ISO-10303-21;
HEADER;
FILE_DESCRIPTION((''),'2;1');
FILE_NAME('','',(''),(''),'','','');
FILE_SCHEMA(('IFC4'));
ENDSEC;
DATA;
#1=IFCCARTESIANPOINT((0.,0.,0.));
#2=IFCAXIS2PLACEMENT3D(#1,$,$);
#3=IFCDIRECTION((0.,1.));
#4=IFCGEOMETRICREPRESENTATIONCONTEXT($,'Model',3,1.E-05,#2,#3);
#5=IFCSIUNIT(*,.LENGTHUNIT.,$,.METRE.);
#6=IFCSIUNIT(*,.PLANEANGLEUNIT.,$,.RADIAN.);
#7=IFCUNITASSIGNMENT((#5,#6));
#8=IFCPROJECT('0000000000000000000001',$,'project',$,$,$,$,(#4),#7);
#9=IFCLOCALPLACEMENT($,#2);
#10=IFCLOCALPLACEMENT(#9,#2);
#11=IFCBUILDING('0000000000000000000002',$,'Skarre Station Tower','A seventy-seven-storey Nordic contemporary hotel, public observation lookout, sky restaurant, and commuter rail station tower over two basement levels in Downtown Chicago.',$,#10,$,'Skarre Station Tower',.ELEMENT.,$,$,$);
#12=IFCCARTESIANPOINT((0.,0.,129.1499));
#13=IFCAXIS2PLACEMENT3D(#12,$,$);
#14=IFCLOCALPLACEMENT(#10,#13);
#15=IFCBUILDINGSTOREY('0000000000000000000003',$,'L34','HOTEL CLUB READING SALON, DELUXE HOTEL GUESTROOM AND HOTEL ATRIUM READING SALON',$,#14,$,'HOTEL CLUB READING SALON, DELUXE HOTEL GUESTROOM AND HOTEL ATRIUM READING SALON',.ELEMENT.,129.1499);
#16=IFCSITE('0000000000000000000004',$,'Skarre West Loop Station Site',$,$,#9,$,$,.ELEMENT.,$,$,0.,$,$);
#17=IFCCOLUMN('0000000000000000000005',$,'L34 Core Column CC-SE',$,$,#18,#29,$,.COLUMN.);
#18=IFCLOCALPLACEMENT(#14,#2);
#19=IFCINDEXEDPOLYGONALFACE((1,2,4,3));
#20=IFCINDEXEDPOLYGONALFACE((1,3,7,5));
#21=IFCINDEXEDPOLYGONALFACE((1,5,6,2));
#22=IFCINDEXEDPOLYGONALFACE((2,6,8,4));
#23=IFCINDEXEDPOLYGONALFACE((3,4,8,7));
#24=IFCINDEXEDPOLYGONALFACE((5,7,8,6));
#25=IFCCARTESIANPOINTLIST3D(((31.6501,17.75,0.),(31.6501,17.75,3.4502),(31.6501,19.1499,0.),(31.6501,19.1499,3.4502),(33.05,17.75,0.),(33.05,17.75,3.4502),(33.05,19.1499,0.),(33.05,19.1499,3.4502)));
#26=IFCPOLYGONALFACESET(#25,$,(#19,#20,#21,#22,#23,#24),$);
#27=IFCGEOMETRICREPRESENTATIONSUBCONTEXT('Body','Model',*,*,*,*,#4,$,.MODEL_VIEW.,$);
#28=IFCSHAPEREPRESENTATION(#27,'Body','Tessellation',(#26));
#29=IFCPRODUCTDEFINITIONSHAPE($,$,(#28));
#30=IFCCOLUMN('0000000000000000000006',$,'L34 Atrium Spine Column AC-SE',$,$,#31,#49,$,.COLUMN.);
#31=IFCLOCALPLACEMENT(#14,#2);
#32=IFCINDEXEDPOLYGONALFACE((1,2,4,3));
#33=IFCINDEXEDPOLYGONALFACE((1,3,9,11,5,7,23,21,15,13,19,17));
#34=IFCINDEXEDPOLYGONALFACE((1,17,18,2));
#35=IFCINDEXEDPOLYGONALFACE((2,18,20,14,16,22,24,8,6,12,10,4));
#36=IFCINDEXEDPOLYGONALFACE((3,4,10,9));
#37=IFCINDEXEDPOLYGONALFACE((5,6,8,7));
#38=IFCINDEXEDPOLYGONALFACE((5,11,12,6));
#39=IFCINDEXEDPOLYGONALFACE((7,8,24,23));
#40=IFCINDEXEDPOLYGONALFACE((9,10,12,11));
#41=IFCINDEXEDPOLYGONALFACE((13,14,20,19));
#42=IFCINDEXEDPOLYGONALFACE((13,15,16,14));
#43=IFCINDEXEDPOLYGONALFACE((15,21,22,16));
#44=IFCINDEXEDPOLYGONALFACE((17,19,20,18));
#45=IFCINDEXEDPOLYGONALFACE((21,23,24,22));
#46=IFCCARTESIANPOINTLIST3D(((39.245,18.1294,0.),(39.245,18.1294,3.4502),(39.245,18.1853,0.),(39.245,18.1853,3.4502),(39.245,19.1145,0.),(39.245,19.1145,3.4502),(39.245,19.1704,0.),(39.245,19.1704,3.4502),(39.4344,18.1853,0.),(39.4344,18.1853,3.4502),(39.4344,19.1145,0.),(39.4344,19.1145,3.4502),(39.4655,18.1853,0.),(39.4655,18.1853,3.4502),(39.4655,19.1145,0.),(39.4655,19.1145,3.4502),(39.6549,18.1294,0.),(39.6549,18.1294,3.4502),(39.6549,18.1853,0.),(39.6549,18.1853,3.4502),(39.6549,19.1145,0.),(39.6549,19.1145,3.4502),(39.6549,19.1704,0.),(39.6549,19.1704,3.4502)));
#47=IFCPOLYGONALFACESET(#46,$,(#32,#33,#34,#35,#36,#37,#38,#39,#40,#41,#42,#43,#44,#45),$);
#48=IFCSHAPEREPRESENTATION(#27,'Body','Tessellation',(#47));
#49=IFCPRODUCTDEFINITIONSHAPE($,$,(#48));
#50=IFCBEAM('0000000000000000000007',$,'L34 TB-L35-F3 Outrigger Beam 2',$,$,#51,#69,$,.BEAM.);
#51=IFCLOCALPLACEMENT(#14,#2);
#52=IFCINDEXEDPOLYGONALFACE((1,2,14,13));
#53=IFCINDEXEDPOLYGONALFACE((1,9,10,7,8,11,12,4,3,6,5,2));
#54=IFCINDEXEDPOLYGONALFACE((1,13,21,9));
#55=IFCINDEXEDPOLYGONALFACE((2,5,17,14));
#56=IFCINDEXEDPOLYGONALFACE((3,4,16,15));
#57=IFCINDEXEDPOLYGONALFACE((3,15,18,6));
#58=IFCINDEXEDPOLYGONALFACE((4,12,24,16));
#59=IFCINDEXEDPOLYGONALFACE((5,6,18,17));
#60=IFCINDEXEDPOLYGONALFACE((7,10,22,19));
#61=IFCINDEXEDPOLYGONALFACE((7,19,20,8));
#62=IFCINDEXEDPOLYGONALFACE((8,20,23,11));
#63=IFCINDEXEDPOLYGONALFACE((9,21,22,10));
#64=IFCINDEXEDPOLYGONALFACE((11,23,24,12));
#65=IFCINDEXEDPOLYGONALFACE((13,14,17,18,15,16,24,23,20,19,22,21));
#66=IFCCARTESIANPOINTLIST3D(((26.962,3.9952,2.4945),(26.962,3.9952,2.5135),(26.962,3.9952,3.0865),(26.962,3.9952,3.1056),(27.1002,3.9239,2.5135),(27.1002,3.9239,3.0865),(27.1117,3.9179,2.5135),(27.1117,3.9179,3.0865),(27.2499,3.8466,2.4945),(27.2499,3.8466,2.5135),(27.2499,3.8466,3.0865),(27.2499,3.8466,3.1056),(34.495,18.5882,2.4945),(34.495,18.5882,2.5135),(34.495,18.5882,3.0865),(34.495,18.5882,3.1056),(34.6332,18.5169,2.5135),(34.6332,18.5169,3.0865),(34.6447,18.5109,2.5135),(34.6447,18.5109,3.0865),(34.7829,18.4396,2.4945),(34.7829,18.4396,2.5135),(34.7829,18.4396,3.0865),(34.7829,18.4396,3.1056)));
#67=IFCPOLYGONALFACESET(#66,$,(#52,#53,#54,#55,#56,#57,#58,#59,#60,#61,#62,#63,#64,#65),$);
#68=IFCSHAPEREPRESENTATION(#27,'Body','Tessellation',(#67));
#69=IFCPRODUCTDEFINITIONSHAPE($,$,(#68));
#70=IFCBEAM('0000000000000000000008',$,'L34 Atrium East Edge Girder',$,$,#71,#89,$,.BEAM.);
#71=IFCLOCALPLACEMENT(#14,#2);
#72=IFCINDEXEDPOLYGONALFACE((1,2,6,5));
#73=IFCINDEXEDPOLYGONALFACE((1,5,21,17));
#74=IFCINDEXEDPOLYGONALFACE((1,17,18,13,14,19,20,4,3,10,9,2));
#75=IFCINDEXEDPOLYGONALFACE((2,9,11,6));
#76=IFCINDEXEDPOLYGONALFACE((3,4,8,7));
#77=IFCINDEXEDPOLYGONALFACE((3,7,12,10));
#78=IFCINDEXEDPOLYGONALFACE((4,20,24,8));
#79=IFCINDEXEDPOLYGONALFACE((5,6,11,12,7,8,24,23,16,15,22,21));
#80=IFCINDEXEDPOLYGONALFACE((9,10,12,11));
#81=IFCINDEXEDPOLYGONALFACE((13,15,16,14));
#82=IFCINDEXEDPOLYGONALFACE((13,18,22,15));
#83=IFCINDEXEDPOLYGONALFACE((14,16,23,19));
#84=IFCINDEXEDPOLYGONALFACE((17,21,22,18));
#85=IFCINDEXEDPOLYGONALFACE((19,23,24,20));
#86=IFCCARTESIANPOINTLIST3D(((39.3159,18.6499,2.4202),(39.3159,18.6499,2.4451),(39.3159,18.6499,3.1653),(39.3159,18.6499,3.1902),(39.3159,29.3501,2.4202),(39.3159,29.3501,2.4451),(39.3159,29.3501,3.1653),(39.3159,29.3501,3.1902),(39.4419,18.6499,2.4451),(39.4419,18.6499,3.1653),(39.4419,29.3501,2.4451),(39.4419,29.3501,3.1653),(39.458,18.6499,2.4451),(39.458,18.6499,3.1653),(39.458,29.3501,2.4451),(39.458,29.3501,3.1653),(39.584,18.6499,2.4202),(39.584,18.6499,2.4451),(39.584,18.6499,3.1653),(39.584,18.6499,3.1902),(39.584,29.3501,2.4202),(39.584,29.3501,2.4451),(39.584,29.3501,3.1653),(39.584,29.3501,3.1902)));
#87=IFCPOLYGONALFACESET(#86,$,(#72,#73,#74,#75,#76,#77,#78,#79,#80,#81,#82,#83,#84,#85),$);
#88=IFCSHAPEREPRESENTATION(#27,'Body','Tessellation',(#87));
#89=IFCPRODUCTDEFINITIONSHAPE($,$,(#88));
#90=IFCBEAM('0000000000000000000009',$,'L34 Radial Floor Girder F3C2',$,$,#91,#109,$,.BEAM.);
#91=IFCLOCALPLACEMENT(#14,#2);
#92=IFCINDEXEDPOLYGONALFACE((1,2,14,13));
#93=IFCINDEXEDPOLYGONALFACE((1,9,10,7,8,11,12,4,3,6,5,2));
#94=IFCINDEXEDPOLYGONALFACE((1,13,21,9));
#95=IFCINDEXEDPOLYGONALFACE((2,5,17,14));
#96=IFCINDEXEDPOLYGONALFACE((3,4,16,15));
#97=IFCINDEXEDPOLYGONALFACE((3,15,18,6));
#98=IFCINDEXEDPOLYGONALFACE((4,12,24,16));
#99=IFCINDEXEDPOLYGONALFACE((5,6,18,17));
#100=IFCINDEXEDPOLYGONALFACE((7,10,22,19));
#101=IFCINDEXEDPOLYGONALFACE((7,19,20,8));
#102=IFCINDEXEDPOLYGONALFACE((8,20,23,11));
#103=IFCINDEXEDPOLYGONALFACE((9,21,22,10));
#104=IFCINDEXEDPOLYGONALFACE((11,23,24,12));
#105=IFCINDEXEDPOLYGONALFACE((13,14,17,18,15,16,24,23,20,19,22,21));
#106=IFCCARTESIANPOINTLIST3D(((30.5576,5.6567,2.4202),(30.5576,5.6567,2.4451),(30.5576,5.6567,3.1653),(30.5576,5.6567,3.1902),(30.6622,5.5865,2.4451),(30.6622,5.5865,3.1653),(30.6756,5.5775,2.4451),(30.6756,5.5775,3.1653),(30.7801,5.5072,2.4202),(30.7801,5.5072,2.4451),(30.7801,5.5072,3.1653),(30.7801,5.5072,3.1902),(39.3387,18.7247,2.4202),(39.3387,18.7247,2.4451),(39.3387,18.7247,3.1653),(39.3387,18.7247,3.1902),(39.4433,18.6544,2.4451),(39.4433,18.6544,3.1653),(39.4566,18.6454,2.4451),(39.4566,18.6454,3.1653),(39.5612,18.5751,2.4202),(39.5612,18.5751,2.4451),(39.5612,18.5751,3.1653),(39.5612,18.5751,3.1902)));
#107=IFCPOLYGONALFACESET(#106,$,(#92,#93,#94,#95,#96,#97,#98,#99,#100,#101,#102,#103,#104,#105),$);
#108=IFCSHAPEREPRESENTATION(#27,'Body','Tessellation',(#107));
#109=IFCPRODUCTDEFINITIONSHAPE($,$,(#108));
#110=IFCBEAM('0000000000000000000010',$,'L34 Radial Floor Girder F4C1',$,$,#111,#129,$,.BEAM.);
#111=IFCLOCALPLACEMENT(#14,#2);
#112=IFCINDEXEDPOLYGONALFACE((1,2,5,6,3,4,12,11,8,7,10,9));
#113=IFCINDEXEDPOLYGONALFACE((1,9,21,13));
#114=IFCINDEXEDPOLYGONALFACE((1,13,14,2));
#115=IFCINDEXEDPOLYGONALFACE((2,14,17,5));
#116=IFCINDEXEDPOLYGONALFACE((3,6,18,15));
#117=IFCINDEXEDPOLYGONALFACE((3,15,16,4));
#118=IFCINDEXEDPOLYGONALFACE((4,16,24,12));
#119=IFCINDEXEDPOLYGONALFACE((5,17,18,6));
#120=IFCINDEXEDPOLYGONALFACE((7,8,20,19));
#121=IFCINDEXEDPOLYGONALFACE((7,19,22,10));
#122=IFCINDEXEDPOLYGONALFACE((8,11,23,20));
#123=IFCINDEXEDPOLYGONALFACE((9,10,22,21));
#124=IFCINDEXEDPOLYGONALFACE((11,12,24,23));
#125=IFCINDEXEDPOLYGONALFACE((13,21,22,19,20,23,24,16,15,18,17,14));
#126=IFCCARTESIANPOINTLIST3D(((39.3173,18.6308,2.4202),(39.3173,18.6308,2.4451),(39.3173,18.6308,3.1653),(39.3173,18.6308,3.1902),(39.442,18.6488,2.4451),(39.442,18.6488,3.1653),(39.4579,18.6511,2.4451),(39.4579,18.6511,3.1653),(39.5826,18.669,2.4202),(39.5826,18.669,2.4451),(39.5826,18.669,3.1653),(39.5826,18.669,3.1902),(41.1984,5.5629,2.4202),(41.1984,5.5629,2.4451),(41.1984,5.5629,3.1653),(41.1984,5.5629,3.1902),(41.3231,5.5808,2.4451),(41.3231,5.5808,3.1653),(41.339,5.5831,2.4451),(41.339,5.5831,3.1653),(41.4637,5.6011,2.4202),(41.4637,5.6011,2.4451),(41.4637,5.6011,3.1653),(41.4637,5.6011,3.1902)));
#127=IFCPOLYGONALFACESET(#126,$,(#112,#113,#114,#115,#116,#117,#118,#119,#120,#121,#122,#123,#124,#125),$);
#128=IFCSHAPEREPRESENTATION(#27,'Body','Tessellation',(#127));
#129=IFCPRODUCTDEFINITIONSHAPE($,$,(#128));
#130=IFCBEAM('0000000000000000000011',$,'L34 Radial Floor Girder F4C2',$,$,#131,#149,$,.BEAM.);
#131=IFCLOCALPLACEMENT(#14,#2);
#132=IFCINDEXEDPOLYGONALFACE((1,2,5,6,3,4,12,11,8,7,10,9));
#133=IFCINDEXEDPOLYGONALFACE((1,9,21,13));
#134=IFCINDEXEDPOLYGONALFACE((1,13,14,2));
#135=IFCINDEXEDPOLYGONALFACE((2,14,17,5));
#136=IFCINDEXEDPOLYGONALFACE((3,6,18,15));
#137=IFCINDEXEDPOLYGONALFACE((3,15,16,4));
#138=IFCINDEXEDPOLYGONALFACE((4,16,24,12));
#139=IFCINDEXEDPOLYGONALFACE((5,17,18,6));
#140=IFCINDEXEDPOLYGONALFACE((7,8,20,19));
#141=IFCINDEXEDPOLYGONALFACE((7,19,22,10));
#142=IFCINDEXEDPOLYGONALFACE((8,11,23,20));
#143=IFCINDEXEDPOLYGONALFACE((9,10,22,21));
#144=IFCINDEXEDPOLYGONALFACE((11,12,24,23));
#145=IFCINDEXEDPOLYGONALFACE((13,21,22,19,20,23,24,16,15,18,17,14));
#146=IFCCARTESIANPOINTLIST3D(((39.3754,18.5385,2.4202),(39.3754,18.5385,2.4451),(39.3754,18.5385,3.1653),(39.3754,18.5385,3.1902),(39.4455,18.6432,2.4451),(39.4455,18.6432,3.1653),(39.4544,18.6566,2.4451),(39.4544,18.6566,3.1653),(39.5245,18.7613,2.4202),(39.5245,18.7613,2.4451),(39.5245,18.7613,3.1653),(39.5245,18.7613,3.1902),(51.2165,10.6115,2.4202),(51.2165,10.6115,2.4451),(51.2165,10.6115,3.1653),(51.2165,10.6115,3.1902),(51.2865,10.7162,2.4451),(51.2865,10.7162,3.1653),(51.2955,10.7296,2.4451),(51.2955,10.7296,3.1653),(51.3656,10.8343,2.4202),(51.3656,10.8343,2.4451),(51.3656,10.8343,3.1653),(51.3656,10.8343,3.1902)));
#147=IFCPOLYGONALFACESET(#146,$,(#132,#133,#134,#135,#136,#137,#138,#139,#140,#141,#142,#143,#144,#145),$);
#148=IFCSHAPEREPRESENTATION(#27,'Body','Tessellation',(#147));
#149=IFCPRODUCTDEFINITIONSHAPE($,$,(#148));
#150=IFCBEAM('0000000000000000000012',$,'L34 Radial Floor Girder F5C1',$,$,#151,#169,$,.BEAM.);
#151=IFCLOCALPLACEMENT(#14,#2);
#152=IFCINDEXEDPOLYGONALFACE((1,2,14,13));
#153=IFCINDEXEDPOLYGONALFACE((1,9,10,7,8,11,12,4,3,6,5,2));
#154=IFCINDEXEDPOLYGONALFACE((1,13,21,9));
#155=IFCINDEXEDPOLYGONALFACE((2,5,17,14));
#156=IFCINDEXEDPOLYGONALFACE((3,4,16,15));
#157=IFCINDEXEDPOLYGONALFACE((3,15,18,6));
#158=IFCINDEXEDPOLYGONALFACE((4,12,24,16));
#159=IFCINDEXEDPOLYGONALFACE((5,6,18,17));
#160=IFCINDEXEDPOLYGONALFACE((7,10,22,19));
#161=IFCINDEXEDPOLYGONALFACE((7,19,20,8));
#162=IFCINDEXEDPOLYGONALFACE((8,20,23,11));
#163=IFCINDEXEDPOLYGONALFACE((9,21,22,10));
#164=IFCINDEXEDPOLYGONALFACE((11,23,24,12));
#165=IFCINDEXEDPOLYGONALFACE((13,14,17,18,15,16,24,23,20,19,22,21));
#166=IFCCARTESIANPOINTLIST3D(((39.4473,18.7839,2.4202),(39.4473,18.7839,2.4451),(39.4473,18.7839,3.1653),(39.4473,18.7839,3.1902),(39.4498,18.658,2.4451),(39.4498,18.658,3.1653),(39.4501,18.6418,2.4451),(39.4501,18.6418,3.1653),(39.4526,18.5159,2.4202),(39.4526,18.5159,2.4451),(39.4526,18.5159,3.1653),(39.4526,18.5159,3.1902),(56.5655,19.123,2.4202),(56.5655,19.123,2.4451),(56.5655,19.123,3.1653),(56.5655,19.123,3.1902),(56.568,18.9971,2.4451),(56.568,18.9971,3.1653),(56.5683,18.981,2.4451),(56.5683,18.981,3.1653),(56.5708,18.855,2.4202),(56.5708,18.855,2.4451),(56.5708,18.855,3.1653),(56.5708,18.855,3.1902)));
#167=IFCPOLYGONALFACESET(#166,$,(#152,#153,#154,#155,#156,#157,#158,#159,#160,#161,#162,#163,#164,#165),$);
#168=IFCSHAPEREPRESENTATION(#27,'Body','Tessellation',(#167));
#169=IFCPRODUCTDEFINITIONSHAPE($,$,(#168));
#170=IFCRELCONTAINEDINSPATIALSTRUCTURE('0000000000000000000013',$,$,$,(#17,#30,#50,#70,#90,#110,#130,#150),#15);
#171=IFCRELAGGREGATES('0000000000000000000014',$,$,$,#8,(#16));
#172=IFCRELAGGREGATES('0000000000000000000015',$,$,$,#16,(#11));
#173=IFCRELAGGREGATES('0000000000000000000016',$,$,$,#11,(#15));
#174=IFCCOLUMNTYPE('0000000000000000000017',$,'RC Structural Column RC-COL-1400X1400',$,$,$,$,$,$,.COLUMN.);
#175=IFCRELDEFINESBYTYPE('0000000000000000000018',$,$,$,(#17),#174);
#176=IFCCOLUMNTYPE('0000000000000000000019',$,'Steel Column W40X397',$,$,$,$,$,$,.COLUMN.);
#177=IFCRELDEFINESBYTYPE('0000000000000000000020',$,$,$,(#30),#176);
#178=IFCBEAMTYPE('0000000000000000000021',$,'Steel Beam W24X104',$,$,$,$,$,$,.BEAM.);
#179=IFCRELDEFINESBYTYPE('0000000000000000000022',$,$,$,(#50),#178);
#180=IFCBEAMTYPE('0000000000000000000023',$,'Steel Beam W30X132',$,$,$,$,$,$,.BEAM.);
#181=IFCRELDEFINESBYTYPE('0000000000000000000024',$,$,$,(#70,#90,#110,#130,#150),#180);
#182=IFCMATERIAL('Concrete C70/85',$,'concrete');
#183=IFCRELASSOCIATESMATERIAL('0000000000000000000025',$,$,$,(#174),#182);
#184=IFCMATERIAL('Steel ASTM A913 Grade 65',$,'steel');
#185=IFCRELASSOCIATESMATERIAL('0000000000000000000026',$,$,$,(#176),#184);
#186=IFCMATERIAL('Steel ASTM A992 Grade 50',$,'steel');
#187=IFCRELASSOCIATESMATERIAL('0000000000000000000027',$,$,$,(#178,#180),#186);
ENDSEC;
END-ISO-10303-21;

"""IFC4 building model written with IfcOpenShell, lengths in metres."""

from ifc_helpers import new_model, si_unit, direction, frame, origin, origin_2d, place, context, subcontext, project, spatial, rectangle, i_section, extrude, material, material_profile, profile_set, type_object, element, save


model = new_model("IFC4")

# Units and contexts
model_context = context("Model", 3, precision=1e-05, world=origin(), true_north=direction((0.0, 1.0)))
body_context = subcontext(model_context, "Body", "Model", "MODEL_VIEW")
ifc_project = project(units=[si_unit("LENGTHUNIT", "METRE"), si_unit("PLANEANGLEUNIT", "RADIAN")], contexts=[model_context])

# Site, building, storey
site_placement = place(None, origin())
site = spatial("IfcSite", under=ifc_project, at=site_placement, Name="Skarre West Loop Station Site", CompositionType="ELEMENT", RefElevation=0.0)
building_placement = place(site_placement, origin())
building = spatial("IfcBuilding", under=site, at=building_placement, Name="Skarre Station Tower", Description="A seventy-seven-storey Nordic contemporary hotel, public observation lookout, sky restaurant, and commuter rail station tower over two basement levels in Downtown Chicago.", LongName="Skarre Station Tower", CompositionType="ELEMENT")
storey_placement = place(building_placement, frame((0.0, 0.0, 129.1499)))
storey = spatial("IfcBuildingStorey", under=building, at=storey_placement, Name="L34", Description="HOTEL CLUB READING SALON, DELUXE HOTEL GUESTROOM AND HOTEL ATRIUM READING SALON", LongName="HOTEL CLUB READING SALON, DELUXE HOTEL GUESTROOM AND HOTEL ATRIUM READING SALON", CompositionType="ELEMENT", Elevation=129.1499)

# Columns
ifc_material_1 = material(Name="Concrete C70/85", Category="concrete")
ifc_material_profile_1 = material_profile(ifc_material_1, rectangle(XDim=1.3999, YDim=1.3999, at=origin_2d()), Name="Concrete C70/85")
ifc_profile_set_1 = profile_set([ifc_material_profile_1], Name="Concrete C70/85")
column_type_1 = type_object("IfcColumnType", Name="RC Structural Column RC-COL-1400X1400", PredefinedType="COLUMN", material=ifc_profile_set_1)
column_1_placement = place(storey_placement, frame((32.3501, 18.45, 0.0), z_axis=(0.0, 0.0, 1.0), x_axis=(1.0, 0.0, 0.0)))
element("IfcColumn", 1, at=column_1_placement, inside=storey, type_object=column_type_1, Name="L34 Core Column CC-SE", PredefinedType="COLUMN", context=body_context, shape_type="SweptSolid", body=[
    extrude(rectangle(XDim=1.3999, YDim=1.3999, at=origin_2d()), origin(), (0.0, 0.0, 1.0), 3.4502),
])
ifc_material_2 = material(Name="Steel ASTM A913 Grade 65", Category="steel")
ifc_material_profile_2 = material_profile(ifc_material_2, i_section(OverallWidth=0.4099, OverallDepth=1.041, WebThickness=0.031, FlangeThickness=0.0559, at=origin_2d()), Name="Steel ASTM A913 Grade 65")
ifc_profile_set_2 = profile_set([ifc_material_profile_2], Name="Steel ASTM A913 Grade 65")
column_type_2 = type_object("IfcColumnType", Name="Steel Column W40X397", PredefinedType="COLUMN", material=ifc_profile_set_2)
column_2_placement = place(storey_placement, frame((39.45, 18.6499, 0.0), z_axis=(0.0, 0.0, 1.0), x_axis=(1.0, 0.0, 0.0)))
element("IfcColumn", 2, at=column_2_placement, inside=storey, type_object=column_type_2, Name="L34 Atrium Spine Column AC-SE", PredefinedType="COLUMN", context=body_context, shape_type="SweptSolid", body=[
    extrude(i_section(OverallWidth=0.4099, OverallDepth=1.041, WebThickness=0.031, FlangeThickness=0.0559, at=origin_2d()), origin(), (0.0, 0.0, 1.0), 3.4502),
])

# Beams
ifc_material_3 = material(Name="Steel ASTM A992 Grade 50", Category="steel")
ifc_material_profile_3 = material_profile(ifc_material_3, i_section(OverallWidth=0.324, OverallDepth=0.6111, WebThickness=0.0129, FlangeThickness=0.019, at=origin_2d()), Name="Steel ASTM A992 Grade 50")
ifc_profile_set_3 = profile_set([ifc_material_profile_3], Name="Steel ASTM A992 Grade 50")
beam_type_1 = type_object("IfcBeamType", Name="Steel Beam W24X104", PredefinedType="BEAM", material=ifc_profile_set_3)
beam_1_placement = place(storey_placement, frame((34.6389, 18.5139, 2.8), z_axis=(-0.458695, -0.888594, 0.0), x_axis=(0.888594, -0.458695, 0.0)))
element("IfcBeam", 3, at=beam_1_placement, inside=storey, type_object=beam_type_1, Name="L34 TB-L35-F3 Outrigger Beam 2", PredefinedType="BEAM", context=body_context, shape_type="SweptSolid", body=[
    extrude(i_section(OverallWidth=0.324, OverallDepth=0.6111, WebThickness=0.0129, FlangeThickness=0.019, at=origin_2d()), origin(), (0.0, 0.0, 1.0), 16.4226),
])
ifc_material_profile_4 = material_profile(ifc_material_3, i_section(OverallWidth=0.2681, OverallDepth=0.77, WebThickness=0.0161, FlangeThickness=0.0249, at=origin_2d()), Name="Steel ASTM A992 Grade 50")
ifc_profile_set_4 = profile_set([ifc_material_profile_4], Name="Steel ASTM A992 Grade 50")
beam_type_2 = type_object("IfcBeamType", Name="Steel Beam W30X132", PredefinedType="BEAM", material=ifc_profile_set_4)
beam_2_placement = place(storey_placement, frame((39.45, 18.6499, 2.8052), z_axis=(0.0, 1.0, 0.0), x_axis=(-1.0, 0.0, 0.0)))
element("IfcBeam", 4, at=beam_2_placement, inside=storey, type_object=beam_type_2, Name="L34 Atrium East Edge Girder", PredefinedType="BEAM", context=body_context, shape_type="SweptSolid", body=[
    extrude(i_section(OverallWidth=0.2681, OverallDepth=0.77, WebThickness=0.0161, FlangeThickness=0.0249, at=origin_2d()), origin(), (0.0, 0.0, 1.0), 10.7002),
])
beam_3_placement = place(storey_placement, frame((39.45, 18.6499, 2.8052), z_axis=(-0.557735, -0.830019, 0.0), x_axis=(0.830019, -0.557735, 0.0)))
element("IfcBeam", 5, at=beam_3_placement, inside=storey, type_object=beam_type_2, Name="L34 Radial Floor Girder F3C2", PredefinedType="BEAM", context=body_context, shape_type="SweptSolid", body=[
    extrude(i_section(OverallWidth=0.2681, OverallDepth=0.77, WebThickness=0.0161, FlangeThickness=0.0249, at=origin_2d()), origin(), (0.0, 0.0, 1.0), 15.7441),
])
beam_4_placement = place(storey_placement, frame((39.45, 18.6499, 2.8052), z_axis=(0.14248, -0.989798, 0.0), x_axis=(0.989798, 0.14248, 0.0)))
element("IfcBeam", 6, at=beam_4_placement, inside=storey, type_object=beam_type_2, Name="L34 Radial Floor Girder F4C1", PredefinedType="BEAM", context=body_context, shape_type="SweptSolid", body=[
    extrude(i_section(OverallWidth=0.2681, OverallDepth=0.77, WebThickness=0.0161, FlangeThickness=0.0249, at=origin_2d()), origin(), (0.0, 0.0, 1.0), 13.2026),
])
beam_5_placement = place(storey_placement, frame((39.45, 18.6499, 2.8052), z_axis=(0.830981, -0.5563, 0.0), x_axis=(0.5563, 0.830981, 0.0)))
element("IfcBeam", 7, at=beam_5_placement, inside=storey, type_object=beam_type_2, Name="L34 Radial Floor Girder F4C2", PredefinedType="BEAM", context=body_context, shape_type="SweptSolid", body=[
    extrude(i_section(OverallWidth=0.2681, OverallDepth=0.77, WebThickness=0.0161, FlangeThickness=0.0249, at=origin_2d()), origin(), (0.0, 0.0, 1.0), 14.2495),
])
beam_6_placement = place(storey_placement, frame((39.45, 18.6499, 2.8052), z_axis=(0.999804, 0.019806, 0.0), x_axis=(-0.019806, 0.999804, 0.0)))
element("IfcBeam", 8, at=beam_6_placement, inside=storey, type_object=beam_type_2, Name="L34 Radial Floor Girder F5C1", PredefinedType="BEAM", context=body_context, shape_type="SweptSolid", body=[
    extrude(i_section(OverallWidth=0.2681, OverallDepth=0.77, WebThickness=0.0161, FlangeThickness=0.0249, at=origin_2d()), origin(), (0.0, 0.0, 1.0), 17.1216),
])

save(model, "model.ifc")
